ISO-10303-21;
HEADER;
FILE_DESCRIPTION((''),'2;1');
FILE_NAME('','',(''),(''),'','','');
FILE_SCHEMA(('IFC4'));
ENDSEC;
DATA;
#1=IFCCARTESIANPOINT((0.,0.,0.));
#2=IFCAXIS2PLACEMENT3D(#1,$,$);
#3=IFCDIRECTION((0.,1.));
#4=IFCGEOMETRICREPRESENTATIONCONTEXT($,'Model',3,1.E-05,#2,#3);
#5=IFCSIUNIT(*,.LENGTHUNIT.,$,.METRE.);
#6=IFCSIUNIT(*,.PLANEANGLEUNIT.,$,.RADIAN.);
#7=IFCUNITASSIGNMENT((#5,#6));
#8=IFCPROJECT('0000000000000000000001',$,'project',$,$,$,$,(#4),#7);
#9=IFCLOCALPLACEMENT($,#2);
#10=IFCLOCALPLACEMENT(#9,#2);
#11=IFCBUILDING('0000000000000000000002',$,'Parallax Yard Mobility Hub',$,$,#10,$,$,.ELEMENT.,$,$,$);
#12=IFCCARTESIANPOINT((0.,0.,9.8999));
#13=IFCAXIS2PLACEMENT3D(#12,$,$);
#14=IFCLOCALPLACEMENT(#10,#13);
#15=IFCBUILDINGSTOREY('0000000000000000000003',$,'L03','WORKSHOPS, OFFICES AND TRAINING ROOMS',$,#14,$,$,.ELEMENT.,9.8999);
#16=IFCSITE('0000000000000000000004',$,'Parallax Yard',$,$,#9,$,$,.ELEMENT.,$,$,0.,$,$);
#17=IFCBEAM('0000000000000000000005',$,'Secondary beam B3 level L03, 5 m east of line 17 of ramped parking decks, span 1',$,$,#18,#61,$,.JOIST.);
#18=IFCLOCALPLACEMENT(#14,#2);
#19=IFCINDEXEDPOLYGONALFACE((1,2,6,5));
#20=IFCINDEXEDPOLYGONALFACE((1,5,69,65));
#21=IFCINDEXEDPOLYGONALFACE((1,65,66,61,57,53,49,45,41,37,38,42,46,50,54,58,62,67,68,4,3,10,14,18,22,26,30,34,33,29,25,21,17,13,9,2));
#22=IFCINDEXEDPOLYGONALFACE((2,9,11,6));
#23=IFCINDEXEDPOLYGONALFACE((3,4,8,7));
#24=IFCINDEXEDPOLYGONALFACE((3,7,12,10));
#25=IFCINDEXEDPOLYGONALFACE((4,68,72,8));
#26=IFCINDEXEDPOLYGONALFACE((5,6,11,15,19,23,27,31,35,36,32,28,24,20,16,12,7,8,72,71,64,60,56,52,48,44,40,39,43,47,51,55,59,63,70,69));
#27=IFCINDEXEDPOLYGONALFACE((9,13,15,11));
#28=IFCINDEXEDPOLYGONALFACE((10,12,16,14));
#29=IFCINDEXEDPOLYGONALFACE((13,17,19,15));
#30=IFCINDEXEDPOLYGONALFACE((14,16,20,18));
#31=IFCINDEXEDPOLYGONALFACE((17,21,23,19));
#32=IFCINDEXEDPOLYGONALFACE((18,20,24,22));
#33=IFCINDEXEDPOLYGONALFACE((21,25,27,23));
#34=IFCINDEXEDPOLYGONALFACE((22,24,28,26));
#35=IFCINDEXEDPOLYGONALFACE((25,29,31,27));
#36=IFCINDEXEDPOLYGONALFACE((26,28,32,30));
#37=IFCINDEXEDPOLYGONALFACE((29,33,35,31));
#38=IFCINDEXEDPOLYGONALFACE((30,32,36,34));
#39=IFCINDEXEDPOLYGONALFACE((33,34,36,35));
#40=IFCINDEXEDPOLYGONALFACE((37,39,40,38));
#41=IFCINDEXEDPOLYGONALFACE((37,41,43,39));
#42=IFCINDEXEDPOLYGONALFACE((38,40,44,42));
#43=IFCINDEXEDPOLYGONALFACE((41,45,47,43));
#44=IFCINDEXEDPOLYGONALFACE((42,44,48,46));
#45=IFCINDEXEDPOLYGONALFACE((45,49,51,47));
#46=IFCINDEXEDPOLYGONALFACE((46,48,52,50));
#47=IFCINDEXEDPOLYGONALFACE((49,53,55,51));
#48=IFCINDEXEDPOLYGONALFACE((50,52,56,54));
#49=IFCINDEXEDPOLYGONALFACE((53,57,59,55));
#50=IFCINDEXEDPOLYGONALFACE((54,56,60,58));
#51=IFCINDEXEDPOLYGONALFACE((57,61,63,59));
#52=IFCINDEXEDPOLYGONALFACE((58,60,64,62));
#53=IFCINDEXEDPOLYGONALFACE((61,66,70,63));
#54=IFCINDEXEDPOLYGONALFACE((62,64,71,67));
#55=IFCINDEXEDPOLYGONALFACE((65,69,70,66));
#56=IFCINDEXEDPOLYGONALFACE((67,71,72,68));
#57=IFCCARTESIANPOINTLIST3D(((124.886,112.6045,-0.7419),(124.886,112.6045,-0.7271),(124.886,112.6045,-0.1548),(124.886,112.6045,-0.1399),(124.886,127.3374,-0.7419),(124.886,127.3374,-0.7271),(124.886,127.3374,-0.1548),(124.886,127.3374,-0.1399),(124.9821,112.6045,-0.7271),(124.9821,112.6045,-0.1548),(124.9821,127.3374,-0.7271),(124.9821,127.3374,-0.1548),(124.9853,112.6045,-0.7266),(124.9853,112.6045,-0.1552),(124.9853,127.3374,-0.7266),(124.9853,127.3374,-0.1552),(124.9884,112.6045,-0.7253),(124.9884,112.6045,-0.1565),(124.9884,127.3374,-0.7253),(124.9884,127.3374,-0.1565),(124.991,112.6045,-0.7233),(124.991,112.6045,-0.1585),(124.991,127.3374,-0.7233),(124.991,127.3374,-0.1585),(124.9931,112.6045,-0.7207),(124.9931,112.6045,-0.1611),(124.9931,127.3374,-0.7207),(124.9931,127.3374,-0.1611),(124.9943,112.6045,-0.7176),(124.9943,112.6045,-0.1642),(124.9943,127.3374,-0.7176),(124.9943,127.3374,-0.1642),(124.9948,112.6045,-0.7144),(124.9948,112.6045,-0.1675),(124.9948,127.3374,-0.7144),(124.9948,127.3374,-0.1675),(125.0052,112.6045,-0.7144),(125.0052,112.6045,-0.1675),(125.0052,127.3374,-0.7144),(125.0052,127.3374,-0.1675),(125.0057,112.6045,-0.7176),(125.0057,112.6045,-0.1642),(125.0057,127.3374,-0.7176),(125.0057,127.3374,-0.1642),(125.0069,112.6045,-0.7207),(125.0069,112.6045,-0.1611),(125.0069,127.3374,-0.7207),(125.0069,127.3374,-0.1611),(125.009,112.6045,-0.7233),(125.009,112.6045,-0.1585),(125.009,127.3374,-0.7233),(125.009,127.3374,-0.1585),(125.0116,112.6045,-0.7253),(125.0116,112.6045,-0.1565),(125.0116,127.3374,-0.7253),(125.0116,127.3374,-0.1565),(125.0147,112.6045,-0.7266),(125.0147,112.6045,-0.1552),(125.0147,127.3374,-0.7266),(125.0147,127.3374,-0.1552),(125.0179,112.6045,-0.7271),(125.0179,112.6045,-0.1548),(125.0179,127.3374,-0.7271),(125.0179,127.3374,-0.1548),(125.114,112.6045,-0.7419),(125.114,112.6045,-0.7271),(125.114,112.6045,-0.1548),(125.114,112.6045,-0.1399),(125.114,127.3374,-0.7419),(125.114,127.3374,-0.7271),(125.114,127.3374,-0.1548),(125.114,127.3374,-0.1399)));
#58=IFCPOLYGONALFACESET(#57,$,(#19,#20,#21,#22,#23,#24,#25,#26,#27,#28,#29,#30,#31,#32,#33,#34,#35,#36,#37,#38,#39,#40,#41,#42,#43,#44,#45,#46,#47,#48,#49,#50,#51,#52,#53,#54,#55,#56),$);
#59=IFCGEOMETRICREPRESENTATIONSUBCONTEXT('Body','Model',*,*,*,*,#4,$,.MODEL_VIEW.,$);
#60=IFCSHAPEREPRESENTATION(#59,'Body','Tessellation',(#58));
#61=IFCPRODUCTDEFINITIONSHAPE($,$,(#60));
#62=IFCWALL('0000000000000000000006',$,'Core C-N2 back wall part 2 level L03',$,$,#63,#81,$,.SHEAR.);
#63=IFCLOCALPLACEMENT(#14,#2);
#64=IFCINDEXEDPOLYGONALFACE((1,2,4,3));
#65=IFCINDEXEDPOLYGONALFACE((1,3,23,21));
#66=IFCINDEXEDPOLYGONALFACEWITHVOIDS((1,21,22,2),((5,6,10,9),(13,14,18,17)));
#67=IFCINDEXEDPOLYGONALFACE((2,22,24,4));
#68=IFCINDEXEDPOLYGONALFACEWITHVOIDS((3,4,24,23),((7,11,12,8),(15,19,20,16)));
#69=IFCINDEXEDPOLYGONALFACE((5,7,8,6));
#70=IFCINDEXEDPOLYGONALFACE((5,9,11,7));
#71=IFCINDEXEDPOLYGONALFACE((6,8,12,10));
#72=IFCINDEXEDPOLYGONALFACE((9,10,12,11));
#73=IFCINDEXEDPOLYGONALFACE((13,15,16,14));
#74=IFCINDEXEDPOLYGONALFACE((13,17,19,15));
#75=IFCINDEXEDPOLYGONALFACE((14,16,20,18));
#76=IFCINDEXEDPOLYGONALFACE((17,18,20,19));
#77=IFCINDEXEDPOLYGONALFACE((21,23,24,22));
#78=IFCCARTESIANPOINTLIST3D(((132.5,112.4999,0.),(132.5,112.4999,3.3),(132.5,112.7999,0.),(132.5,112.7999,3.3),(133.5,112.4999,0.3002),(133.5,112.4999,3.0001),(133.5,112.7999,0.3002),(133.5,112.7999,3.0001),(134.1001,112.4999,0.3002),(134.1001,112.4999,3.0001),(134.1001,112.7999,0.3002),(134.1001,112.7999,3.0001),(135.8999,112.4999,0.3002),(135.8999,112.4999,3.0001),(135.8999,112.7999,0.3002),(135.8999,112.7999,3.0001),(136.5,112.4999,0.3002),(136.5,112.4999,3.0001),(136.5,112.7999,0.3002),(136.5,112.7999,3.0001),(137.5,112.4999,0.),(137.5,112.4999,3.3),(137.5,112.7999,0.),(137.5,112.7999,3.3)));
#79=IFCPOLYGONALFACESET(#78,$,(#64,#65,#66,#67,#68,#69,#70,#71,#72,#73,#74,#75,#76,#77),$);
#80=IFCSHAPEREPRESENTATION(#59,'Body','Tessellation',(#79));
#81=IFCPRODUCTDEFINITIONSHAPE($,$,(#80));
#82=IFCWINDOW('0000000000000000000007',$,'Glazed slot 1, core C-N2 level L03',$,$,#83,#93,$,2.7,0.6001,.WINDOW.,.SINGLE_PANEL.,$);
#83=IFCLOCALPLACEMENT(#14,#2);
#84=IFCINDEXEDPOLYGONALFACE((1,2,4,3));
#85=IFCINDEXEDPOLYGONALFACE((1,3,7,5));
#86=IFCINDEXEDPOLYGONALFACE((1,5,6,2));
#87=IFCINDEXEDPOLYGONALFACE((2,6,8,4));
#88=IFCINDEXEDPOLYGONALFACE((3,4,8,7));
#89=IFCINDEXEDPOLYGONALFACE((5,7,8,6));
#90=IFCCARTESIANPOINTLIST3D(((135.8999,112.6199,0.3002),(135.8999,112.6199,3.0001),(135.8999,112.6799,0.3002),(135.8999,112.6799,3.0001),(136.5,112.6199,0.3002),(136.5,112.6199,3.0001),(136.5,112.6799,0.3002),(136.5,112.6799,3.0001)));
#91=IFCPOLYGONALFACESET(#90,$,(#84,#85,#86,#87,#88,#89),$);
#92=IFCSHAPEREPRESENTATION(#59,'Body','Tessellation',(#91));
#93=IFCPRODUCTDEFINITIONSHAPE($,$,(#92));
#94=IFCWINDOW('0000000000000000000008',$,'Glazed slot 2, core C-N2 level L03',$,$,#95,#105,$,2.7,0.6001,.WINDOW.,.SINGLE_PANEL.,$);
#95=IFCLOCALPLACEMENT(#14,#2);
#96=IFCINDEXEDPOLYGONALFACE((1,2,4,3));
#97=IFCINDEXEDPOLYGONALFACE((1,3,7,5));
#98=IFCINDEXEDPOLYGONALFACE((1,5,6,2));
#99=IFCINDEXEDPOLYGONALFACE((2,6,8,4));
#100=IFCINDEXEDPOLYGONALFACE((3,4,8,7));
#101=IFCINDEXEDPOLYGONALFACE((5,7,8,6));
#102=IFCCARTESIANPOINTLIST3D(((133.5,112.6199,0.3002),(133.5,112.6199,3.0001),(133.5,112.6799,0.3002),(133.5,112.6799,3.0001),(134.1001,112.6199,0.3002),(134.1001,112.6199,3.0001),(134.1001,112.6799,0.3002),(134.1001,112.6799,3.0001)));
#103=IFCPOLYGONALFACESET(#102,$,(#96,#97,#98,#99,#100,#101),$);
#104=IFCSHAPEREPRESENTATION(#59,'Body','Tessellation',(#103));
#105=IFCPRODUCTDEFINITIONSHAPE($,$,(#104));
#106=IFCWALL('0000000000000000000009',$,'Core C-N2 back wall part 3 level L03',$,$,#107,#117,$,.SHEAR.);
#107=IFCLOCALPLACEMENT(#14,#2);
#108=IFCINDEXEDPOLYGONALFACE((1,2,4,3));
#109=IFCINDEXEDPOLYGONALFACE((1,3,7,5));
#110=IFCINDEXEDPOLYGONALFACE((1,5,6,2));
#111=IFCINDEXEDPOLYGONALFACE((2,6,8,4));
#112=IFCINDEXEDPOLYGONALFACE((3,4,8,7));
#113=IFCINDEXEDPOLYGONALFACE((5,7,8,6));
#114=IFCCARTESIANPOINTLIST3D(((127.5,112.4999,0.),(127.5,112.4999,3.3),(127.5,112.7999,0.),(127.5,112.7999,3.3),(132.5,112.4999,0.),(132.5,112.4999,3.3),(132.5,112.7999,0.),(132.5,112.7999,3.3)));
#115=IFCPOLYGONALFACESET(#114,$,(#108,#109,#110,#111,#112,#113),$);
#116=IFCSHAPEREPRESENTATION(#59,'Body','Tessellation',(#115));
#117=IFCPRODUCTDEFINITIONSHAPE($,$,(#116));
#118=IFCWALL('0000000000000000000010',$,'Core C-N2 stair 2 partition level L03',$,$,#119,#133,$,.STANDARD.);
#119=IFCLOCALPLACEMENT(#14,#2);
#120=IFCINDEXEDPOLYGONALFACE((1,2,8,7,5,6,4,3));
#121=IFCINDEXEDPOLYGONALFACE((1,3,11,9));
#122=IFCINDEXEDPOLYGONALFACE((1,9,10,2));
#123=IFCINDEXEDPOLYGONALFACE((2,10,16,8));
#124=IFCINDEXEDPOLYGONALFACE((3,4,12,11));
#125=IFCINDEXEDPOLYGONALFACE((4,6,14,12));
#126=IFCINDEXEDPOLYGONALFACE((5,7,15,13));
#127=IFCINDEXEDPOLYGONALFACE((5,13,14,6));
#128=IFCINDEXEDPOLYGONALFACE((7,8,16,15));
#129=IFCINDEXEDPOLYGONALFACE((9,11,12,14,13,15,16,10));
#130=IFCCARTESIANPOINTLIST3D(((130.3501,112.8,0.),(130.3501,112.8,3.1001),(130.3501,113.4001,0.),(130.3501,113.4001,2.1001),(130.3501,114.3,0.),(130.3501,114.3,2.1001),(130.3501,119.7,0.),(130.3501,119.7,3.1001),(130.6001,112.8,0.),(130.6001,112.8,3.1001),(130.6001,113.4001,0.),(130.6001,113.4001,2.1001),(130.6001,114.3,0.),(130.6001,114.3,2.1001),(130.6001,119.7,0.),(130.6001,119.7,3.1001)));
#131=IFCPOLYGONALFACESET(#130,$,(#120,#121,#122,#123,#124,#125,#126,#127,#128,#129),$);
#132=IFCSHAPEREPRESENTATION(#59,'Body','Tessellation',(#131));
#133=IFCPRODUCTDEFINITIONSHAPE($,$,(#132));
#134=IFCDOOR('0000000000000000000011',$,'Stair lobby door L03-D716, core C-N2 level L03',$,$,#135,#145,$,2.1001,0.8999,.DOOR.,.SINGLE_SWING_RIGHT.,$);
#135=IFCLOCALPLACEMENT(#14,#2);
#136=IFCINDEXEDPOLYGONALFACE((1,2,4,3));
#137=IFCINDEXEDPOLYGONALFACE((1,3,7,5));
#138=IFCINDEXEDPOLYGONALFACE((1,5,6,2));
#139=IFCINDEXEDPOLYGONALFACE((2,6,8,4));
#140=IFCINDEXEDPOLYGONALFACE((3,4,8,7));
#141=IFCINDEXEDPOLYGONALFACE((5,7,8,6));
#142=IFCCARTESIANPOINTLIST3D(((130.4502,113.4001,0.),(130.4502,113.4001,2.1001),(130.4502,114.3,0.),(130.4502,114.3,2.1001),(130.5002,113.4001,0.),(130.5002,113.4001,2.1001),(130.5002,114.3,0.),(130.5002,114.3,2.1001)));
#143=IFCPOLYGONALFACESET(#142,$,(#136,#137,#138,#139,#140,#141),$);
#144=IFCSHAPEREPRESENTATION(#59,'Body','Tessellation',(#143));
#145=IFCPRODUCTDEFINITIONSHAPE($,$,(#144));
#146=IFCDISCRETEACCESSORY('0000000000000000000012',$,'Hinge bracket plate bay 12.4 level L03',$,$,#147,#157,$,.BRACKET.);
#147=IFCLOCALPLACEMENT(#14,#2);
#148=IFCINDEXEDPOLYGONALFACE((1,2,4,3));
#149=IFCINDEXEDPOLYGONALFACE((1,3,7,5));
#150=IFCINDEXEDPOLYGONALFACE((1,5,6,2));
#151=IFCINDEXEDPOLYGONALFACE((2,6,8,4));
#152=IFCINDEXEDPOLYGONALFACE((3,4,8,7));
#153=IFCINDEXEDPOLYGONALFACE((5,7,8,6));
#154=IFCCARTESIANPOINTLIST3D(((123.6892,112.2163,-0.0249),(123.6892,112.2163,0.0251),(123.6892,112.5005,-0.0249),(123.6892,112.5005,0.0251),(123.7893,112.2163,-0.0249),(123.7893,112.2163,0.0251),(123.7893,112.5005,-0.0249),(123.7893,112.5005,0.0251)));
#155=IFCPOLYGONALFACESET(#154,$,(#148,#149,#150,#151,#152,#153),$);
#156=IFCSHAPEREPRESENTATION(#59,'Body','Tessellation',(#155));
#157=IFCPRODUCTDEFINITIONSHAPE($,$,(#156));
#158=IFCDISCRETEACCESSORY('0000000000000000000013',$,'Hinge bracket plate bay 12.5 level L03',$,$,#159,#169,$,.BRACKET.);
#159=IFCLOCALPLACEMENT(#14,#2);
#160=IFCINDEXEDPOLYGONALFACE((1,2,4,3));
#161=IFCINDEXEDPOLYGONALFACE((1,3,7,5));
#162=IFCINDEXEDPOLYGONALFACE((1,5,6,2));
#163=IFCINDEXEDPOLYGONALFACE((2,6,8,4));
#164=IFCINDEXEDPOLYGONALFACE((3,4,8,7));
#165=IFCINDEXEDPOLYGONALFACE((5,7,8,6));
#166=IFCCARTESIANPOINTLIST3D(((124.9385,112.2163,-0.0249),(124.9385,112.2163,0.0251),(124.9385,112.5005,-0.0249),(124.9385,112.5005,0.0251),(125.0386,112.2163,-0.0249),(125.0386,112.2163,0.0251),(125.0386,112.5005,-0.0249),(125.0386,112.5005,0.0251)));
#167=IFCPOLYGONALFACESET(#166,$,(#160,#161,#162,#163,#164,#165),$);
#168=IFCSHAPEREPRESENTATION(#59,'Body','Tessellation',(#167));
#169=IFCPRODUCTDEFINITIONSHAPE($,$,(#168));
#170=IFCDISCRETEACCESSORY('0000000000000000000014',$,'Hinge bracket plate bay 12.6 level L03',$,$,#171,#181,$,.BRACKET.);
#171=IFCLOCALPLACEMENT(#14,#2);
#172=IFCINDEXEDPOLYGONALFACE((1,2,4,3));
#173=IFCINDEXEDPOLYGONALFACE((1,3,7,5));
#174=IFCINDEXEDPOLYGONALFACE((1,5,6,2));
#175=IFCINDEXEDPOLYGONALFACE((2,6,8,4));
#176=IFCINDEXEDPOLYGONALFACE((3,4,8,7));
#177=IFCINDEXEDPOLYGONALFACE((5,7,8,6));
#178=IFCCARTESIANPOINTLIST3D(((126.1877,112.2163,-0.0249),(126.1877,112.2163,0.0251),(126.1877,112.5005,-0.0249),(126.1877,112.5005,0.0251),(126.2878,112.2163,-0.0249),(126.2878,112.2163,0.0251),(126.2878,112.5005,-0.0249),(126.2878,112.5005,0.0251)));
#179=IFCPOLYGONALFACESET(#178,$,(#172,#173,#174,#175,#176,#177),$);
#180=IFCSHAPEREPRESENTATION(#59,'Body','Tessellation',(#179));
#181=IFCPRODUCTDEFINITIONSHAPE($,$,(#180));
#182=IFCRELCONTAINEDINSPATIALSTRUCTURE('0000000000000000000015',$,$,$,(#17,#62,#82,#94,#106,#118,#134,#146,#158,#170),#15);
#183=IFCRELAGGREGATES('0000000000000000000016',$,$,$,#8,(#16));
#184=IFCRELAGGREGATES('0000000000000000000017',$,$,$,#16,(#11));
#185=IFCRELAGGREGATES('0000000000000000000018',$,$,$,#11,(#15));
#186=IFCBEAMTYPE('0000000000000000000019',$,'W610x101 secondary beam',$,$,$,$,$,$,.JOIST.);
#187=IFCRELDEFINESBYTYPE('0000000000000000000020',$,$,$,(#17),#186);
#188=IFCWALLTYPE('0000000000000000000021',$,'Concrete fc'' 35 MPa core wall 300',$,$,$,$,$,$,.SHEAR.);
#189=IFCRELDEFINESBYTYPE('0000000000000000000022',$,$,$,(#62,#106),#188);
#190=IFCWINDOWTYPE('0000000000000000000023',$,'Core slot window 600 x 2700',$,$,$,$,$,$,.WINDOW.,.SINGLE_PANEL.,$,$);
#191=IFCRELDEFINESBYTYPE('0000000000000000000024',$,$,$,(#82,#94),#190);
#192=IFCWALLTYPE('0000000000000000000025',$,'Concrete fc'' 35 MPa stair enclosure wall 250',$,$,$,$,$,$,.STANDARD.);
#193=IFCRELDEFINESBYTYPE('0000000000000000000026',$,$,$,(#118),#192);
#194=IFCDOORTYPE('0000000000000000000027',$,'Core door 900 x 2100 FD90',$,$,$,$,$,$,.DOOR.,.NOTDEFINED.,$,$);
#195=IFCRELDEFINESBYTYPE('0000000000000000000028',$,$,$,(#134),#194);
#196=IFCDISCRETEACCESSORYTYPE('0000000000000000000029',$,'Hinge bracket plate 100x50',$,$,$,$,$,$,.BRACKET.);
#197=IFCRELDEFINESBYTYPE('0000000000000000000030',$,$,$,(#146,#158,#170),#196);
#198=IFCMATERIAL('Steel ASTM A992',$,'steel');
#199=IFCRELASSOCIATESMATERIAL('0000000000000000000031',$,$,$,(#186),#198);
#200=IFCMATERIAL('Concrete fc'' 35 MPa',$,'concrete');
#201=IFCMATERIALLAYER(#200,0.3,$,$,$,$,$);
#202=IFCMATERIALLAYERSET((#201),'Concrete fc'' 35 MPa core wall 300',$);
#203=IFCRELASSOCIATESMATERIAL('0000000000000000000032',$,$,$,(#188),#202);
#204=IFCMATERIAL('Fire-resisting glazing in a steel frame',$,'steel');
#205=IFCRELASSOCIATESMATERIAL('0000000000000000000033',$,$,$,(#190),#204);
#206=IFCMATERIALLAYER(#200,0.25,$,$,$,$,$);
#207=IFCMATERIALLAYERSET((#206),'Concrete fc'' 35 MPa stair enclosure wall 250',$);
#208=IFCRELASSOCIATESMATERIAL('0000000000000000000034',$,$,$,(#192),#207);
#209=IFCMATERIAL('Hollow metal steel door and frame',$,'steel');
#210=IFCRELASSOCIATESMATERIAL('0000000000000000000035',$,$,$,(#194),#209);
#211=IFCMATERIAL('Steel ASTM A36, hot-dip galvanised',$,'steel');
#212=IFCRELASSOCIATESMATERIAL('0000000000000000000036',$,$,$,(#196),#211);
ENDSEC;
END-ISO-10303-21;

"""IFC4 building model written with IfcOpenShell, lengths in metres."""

from ifc_helpers import new_model, si_unit, direction, frame, frame_2d, origin, origin_2d, place, context, subcontext, project, spatial, rectangle, i_section, extrude, material, layer, layer_set, material_profile, profile_set, type_object, element, fill, save


model = new_model("IFC4")

# Units and contexts
model_context = context("Model", 3, precision=1e-05, world=origin(), true_north=direction((0.0, 1.0)))
body_context = subcontext(model_context, "Body", "Model", "MODEL_VIEW")
ifc_project = project(units=[si_unit("LENGTHUNIT", "METRE"), si_unit("PLANEANGLEUNIT", "RADIAN")], contexts=[model_context])

# Site, building, storey
site_placement = place(None, origin())
site = spatial("IfcSite", under=ifc_project, at=site_placement, Name="Parallax Yard", CompositionType="ELEMENT", RefElevation=0.0)
building_placement = place(site_placement, origin())
building = spatial("IfcBuilding", under=site, at=building_placement, Name="Parallax Yard Mobility Hub", CompositionType="ELEMENT")
storey_placement = place(building_placement, frame((0.0, 0.0, 9.8999)))
storey = spatial("IfcBuildingStorey", under=building, at=storey_placement, Name="L03", Description="WORKSHOPS, OFFICES AND TRAINING ROOMS", CompositionType="ELEMENT", Elevation=9.8999)

# Beam
ifc_material_1 = material(Name="Steel ASTM A992", Category="steel")
ifc_material_profile_1 = material_profile(ifc_material_1, i_section(OverallWidth=0.228, OverallDepth=0.6021, WebThickness=0.0105, FlangeThickness=0.0149, FilletRadius=0.0127, at=origin_2d()), Name="W610x101")
ifc_profile_set_1 = profile_set([ifc_material_profile_1], Name="Steel ASTM A992")
beam_type = type_object("IfcBeamType", Name="W610x101 secondary beam", PredefinedType="JOIST", material=ifc_profile_set_1)
beam_placement = place(storey_placement, frame((125.0, 112.6045, -0.4409), z_axis=(0.0, 1.0, 0.0), x_axis=(-1.0, 0.0, 0.0)))
element("IfcBeam", 1, at=beam_placement, inside=storey, type_object=beam_type, Name="Secondary beam B3 level L03, 5 m east of line 17 of ramped parking decks, span 1", PredefinedType="JOIST", context=body_context, shape_type="SweptSolid", body=[
    extrude(i_section(OverallWidth=0.228, OverallDepth=0.6021, WebThickness=0.0105, FlangeThickness=0.0149, FilletRadius=0.0127, at=origin_2d()), origin(), (0.0, 0.0, 1.0), 14.7329),
])

# Wall, openings, windows
ifc_material_2 = material(Name="Concrete fc' 35 MPa", Category="concrete")
ifc_layer_1 = layer(ifc_material_2, 0.3)
ifc_layer_set_1 = layer_set([ifc_layer_1], Name="Concrete fc' 35 MPa core wall 300")
wall_type_1 = type_object("IfcWallType", Name="Concrete fc' 35 MPa core wall 300", PredefinedType="SHEAR", material=ifc_layer_set_1)
wall_1_placement = place(storey_placement, frame((137.5, 112.6499, 0.0), z_axis=(0.0, 0.0, 1.0), x_axis=(-1.0, 0.0, 0.0)))
wall_1 = element("IfcWall", 2, at=wall_1_placement, inside=storey, type_object=wall_type_1, Name="Core C-N2 back wall part 2 level L03", PredefinedType="SHEAR", context=body_context, shape_type="SweptSolid", body=[
    extrude(rectangle(XDim=5.0, YDim=0.3, at=frame_2d((2.5, 0.0))), origin(), (0.0, 0.0, 1.0), 3.3),
])
opening_1_placement = place(wall_1_placement, frame((1.0, 0.0, 0.3)))
opening_1 = element("IfcOpeningElement", 3, at=opening_1_placement, cuts=wall_1, PredefinedType="OPENING", context=body_context, shape_type="SweptSolid", body=[
    extrude(rectangle(XDim=0.6001, YDim=2.7, at=frame_2d((0.3, 1.3501))), frame((0.0, 0.1602, 0.0), z_axis=(0.0, -1.0, 0.0), x_axis=(1.0, 0.0, 0.0)), (0.0, 0.0, 1.0), 0.3201),
])
opening_2_placement = place(wall_1_placement, frame((3.3999, 0.0, 0.3)))
opening_2 = element("IfcOpeningElement", 4, at=opening_2_placement, cuts=wall_1, PredefinedType="OPENING", context=body_context, shape_type="SweptSolid", body=[
    extrude(rectangle(XDim=0.6001, YDim=2.7, at=frame_2d((0.3, 1.3501))), frame((0.0, 0.1602, 0.0), z_axis=(0.0, -1.0, 0.0), x_axis=(1.0, 0.0, 0.0)), (0.0, 0.0, 1.0), 0.3201),
])
ifc_material_3 = material(Name="Fire-resisting glazing in a steel frame", Category="steel")
window_type = type_object("IfcWindowType", Name="Core slot window 600 x 2700", PartitioningType="SINGLE_PANEL", PredefinedType="WINDOW", material=ifc_material_3)
window_1_placement = place(opening_1_placement, origin())
window_1 = element("IfcWindow", 5, at=window_1_placement, inside=storey, type_object=window_type, Name="Glazed slot 1, core C-N2 level L03", OverallHeight=2.7, OverallWidth=0.6001, PartitioningType="SINGLE_PANEL", PredefinedType="WINDOW", context=body_context, shape_type="SweptSolid", body=[
    extrude(rectangle(XDim=0.6001, YDim=2.7, at=frame_2d((0.3, 1.3501))), frame((0.0, 0.03, 0.0), z_axis=(0.0, -1.0, 0.0), x_axis=(1.0, 0.0, 0.0)), (0.0, 0.0, 1.0), 0.0601),
])
fill(opening_1, window_1)
window_2_placement = place(opening_2_placement, origin())
window_2 = element("IfcWindow", 6, at=window_2_placement, inside=storey, type_object=window_type, Name="Glazed slot 2, core C-N2 level L03", OverallHeight=2.7, OverallWidth=0.6001, PartitioningType="SINGLE_PANEL", PredefinedType="WINDOW", context=body_context, shape_type="SweptSolid", body=[
    extrude(rectangle(XDim=0.6001, YDim=2.7, at=frame_2d((0.3, 1.3501))), frame((0.0, 0.03, 0.0), z_axis=(0.0, -1.0, 0.0), x_axis=(1.0, 0.0, 0.0)), (0.0, 0.0, 1.0), 0.0601),
])
fill(opening_2, window_2)

# Wall
wall_2_placement = place(storey_placement, frame((132.5, 112.6499, 0.0), z_axis=(0.0, 0.0, 1.0), x_axis=(-1.0, 0.0, 0.0)))
element("IfcWall", 7, at=wall_2_placement, inside=storey, type_object=wall_type_1, Name="Core C-N2 back wall part 3 level L03", PredefinedType="SHEAR", context=body_context, shape_type="SweptSolid", body=[
    extrude(rectangle(XDim=5.0, YDim=0.3, at=frame_2d((2.5, 0.0))), origin(), (0.0, 0.0, 1.0), 3.3),
])

# Wall, opening, door
ifc_layer_2 = layer(ifc_material_2, 0.25)
ifc_layer_set_2 = layer_set([ifc_layer_2], Name="Concrete fc' 35 MPa stair enclosure wall 250")
wall_type_2 = type_object("IfcWallType", Name="Concrete fc' 35 MPa stair enclosure wall 250", PredefinedType="STANDARD", material=ifc_layer_set_2)
wall_3_placement = place(storey_placement, frame((130.4751, 112.8, 0.0), z_axis=(0.0, 0.0, 1.0), x_axis=(0.0, 1.0, 0.0)))
wall_3 = element("IfcWall", 8, at=wall_3_placement, inside=storey, type_object=wall_type_2, Name="Core C-N2 stair 2 partition level L03", PredefinedType="STANDARD", context=body_context, shape_type="SweptSolid", body=[
    extrude(rectangle(XDim=6.8999, YDim=0.25, at=frame_2d((3.45, 0.0))), origin(), (0.0, 0.0, 1.0), 3.1001),
])
opening_3_placement = place(wall_3_placement, frame((0.6001, 0.0, 0.0)))
opening_3 = element("IfcOpeningElement", 9, at=opening_3_placement, cuts=wall_3, PredefinedType="OPENING", context=body_context, shape_type="SweptSolid", body=[
    extrude(rectangle(XDim=0.8999, YDim=2.1001, at=frame_2d((0.45, 1.05))), frame((0.0, 0.135, 0.0), z_axis=(0.0, -1.0, 0.0), x_axis=(1.0, 0.0, 0.0)), (0.0, 0.0, 1.0), 0.27),
])
ifc_material_4 = material(Name="Hollow metal steel door and frame", Category="steel")
door_type = type_object("IfcDoorType", Name="Core door 900 x 2100 FD90", OperationType="NOTDEFINED", PredefinedType="DOOR", material=ifc_material_4)
door_placement = place(opening_3_placement, origin())
door = element("IfcDoor", 10, at=door_placement, inside=storey, type_object=door_type, Name="Stair lobby door L03-D716, core C-N2 level L03", OperationType="SINGLE_SWING_RIGHT", OverallHeight=2.1001, OverallWidth=0.8999, PredefinedType="DOOR", context=body_context, shape_type="SweptSolid", body=[
    extrude(rectangle(XDim=0.8999, YDim=2.1001, at=frame_2d((0.45, 1.05))), frame((0.0, 0.0249, 0.0), z_axis=(0.0, -1.0, 0.0), x_axis=(1.0, 0.0, 0.0)), (0.0, 0.0, 1.0), 0.05),
])
fill(opening_3, door)

# Discrete accessories
ifc_material_5 = material(Name="Steel ASTM A36, hot-dip galvanised", Category="steel")
discrete_accessory_type_1 = type_object("IfcDiscreteAccessoryType", Name="Hinge bracket plate 100x50", PredefinedType="BRACKET", material=ifc_material_5)
for number, where, z_axis, x_axis, name in (
    (11, (123.7393, 112.3584, -0.0249), (0.0, 0.0, 1.0), (0.0, -1.0, 0.0), "Hinge bracket plate bay 12.4 level L03"),
    (12, (124.9885, 112.3584, -0.0249), (0.0, 0.0, 1.0), (0.0, -1.0, 0.0), "Hinge bracket plate bay 12.5 level L03"),
    (13, (126.2378, 112.3584, -0.0249), (0.0, 0.0, 1.0), (0.0, -1.0, 0.0), "Hinge bracket plate bay 12.6 level L03"),
):
    element("IfcDiscreteAccessory", number, at=place(storey_placement, frame(where, z_axis=z_axis, x_axis=x_axis)), inside=storey, type_object=discrete_accessory_type_1, Name=name, PredefinedType="BRACKET", context=body_context, shape_type="SweptSolid", body=[
        extrude(rectangle(XDim=0.2842, YDim=0.1001, at=origin_2d()), origin(), (0.0, 0.0, 1.0), 0.05),
    ])

save(model, "model.ifc")
